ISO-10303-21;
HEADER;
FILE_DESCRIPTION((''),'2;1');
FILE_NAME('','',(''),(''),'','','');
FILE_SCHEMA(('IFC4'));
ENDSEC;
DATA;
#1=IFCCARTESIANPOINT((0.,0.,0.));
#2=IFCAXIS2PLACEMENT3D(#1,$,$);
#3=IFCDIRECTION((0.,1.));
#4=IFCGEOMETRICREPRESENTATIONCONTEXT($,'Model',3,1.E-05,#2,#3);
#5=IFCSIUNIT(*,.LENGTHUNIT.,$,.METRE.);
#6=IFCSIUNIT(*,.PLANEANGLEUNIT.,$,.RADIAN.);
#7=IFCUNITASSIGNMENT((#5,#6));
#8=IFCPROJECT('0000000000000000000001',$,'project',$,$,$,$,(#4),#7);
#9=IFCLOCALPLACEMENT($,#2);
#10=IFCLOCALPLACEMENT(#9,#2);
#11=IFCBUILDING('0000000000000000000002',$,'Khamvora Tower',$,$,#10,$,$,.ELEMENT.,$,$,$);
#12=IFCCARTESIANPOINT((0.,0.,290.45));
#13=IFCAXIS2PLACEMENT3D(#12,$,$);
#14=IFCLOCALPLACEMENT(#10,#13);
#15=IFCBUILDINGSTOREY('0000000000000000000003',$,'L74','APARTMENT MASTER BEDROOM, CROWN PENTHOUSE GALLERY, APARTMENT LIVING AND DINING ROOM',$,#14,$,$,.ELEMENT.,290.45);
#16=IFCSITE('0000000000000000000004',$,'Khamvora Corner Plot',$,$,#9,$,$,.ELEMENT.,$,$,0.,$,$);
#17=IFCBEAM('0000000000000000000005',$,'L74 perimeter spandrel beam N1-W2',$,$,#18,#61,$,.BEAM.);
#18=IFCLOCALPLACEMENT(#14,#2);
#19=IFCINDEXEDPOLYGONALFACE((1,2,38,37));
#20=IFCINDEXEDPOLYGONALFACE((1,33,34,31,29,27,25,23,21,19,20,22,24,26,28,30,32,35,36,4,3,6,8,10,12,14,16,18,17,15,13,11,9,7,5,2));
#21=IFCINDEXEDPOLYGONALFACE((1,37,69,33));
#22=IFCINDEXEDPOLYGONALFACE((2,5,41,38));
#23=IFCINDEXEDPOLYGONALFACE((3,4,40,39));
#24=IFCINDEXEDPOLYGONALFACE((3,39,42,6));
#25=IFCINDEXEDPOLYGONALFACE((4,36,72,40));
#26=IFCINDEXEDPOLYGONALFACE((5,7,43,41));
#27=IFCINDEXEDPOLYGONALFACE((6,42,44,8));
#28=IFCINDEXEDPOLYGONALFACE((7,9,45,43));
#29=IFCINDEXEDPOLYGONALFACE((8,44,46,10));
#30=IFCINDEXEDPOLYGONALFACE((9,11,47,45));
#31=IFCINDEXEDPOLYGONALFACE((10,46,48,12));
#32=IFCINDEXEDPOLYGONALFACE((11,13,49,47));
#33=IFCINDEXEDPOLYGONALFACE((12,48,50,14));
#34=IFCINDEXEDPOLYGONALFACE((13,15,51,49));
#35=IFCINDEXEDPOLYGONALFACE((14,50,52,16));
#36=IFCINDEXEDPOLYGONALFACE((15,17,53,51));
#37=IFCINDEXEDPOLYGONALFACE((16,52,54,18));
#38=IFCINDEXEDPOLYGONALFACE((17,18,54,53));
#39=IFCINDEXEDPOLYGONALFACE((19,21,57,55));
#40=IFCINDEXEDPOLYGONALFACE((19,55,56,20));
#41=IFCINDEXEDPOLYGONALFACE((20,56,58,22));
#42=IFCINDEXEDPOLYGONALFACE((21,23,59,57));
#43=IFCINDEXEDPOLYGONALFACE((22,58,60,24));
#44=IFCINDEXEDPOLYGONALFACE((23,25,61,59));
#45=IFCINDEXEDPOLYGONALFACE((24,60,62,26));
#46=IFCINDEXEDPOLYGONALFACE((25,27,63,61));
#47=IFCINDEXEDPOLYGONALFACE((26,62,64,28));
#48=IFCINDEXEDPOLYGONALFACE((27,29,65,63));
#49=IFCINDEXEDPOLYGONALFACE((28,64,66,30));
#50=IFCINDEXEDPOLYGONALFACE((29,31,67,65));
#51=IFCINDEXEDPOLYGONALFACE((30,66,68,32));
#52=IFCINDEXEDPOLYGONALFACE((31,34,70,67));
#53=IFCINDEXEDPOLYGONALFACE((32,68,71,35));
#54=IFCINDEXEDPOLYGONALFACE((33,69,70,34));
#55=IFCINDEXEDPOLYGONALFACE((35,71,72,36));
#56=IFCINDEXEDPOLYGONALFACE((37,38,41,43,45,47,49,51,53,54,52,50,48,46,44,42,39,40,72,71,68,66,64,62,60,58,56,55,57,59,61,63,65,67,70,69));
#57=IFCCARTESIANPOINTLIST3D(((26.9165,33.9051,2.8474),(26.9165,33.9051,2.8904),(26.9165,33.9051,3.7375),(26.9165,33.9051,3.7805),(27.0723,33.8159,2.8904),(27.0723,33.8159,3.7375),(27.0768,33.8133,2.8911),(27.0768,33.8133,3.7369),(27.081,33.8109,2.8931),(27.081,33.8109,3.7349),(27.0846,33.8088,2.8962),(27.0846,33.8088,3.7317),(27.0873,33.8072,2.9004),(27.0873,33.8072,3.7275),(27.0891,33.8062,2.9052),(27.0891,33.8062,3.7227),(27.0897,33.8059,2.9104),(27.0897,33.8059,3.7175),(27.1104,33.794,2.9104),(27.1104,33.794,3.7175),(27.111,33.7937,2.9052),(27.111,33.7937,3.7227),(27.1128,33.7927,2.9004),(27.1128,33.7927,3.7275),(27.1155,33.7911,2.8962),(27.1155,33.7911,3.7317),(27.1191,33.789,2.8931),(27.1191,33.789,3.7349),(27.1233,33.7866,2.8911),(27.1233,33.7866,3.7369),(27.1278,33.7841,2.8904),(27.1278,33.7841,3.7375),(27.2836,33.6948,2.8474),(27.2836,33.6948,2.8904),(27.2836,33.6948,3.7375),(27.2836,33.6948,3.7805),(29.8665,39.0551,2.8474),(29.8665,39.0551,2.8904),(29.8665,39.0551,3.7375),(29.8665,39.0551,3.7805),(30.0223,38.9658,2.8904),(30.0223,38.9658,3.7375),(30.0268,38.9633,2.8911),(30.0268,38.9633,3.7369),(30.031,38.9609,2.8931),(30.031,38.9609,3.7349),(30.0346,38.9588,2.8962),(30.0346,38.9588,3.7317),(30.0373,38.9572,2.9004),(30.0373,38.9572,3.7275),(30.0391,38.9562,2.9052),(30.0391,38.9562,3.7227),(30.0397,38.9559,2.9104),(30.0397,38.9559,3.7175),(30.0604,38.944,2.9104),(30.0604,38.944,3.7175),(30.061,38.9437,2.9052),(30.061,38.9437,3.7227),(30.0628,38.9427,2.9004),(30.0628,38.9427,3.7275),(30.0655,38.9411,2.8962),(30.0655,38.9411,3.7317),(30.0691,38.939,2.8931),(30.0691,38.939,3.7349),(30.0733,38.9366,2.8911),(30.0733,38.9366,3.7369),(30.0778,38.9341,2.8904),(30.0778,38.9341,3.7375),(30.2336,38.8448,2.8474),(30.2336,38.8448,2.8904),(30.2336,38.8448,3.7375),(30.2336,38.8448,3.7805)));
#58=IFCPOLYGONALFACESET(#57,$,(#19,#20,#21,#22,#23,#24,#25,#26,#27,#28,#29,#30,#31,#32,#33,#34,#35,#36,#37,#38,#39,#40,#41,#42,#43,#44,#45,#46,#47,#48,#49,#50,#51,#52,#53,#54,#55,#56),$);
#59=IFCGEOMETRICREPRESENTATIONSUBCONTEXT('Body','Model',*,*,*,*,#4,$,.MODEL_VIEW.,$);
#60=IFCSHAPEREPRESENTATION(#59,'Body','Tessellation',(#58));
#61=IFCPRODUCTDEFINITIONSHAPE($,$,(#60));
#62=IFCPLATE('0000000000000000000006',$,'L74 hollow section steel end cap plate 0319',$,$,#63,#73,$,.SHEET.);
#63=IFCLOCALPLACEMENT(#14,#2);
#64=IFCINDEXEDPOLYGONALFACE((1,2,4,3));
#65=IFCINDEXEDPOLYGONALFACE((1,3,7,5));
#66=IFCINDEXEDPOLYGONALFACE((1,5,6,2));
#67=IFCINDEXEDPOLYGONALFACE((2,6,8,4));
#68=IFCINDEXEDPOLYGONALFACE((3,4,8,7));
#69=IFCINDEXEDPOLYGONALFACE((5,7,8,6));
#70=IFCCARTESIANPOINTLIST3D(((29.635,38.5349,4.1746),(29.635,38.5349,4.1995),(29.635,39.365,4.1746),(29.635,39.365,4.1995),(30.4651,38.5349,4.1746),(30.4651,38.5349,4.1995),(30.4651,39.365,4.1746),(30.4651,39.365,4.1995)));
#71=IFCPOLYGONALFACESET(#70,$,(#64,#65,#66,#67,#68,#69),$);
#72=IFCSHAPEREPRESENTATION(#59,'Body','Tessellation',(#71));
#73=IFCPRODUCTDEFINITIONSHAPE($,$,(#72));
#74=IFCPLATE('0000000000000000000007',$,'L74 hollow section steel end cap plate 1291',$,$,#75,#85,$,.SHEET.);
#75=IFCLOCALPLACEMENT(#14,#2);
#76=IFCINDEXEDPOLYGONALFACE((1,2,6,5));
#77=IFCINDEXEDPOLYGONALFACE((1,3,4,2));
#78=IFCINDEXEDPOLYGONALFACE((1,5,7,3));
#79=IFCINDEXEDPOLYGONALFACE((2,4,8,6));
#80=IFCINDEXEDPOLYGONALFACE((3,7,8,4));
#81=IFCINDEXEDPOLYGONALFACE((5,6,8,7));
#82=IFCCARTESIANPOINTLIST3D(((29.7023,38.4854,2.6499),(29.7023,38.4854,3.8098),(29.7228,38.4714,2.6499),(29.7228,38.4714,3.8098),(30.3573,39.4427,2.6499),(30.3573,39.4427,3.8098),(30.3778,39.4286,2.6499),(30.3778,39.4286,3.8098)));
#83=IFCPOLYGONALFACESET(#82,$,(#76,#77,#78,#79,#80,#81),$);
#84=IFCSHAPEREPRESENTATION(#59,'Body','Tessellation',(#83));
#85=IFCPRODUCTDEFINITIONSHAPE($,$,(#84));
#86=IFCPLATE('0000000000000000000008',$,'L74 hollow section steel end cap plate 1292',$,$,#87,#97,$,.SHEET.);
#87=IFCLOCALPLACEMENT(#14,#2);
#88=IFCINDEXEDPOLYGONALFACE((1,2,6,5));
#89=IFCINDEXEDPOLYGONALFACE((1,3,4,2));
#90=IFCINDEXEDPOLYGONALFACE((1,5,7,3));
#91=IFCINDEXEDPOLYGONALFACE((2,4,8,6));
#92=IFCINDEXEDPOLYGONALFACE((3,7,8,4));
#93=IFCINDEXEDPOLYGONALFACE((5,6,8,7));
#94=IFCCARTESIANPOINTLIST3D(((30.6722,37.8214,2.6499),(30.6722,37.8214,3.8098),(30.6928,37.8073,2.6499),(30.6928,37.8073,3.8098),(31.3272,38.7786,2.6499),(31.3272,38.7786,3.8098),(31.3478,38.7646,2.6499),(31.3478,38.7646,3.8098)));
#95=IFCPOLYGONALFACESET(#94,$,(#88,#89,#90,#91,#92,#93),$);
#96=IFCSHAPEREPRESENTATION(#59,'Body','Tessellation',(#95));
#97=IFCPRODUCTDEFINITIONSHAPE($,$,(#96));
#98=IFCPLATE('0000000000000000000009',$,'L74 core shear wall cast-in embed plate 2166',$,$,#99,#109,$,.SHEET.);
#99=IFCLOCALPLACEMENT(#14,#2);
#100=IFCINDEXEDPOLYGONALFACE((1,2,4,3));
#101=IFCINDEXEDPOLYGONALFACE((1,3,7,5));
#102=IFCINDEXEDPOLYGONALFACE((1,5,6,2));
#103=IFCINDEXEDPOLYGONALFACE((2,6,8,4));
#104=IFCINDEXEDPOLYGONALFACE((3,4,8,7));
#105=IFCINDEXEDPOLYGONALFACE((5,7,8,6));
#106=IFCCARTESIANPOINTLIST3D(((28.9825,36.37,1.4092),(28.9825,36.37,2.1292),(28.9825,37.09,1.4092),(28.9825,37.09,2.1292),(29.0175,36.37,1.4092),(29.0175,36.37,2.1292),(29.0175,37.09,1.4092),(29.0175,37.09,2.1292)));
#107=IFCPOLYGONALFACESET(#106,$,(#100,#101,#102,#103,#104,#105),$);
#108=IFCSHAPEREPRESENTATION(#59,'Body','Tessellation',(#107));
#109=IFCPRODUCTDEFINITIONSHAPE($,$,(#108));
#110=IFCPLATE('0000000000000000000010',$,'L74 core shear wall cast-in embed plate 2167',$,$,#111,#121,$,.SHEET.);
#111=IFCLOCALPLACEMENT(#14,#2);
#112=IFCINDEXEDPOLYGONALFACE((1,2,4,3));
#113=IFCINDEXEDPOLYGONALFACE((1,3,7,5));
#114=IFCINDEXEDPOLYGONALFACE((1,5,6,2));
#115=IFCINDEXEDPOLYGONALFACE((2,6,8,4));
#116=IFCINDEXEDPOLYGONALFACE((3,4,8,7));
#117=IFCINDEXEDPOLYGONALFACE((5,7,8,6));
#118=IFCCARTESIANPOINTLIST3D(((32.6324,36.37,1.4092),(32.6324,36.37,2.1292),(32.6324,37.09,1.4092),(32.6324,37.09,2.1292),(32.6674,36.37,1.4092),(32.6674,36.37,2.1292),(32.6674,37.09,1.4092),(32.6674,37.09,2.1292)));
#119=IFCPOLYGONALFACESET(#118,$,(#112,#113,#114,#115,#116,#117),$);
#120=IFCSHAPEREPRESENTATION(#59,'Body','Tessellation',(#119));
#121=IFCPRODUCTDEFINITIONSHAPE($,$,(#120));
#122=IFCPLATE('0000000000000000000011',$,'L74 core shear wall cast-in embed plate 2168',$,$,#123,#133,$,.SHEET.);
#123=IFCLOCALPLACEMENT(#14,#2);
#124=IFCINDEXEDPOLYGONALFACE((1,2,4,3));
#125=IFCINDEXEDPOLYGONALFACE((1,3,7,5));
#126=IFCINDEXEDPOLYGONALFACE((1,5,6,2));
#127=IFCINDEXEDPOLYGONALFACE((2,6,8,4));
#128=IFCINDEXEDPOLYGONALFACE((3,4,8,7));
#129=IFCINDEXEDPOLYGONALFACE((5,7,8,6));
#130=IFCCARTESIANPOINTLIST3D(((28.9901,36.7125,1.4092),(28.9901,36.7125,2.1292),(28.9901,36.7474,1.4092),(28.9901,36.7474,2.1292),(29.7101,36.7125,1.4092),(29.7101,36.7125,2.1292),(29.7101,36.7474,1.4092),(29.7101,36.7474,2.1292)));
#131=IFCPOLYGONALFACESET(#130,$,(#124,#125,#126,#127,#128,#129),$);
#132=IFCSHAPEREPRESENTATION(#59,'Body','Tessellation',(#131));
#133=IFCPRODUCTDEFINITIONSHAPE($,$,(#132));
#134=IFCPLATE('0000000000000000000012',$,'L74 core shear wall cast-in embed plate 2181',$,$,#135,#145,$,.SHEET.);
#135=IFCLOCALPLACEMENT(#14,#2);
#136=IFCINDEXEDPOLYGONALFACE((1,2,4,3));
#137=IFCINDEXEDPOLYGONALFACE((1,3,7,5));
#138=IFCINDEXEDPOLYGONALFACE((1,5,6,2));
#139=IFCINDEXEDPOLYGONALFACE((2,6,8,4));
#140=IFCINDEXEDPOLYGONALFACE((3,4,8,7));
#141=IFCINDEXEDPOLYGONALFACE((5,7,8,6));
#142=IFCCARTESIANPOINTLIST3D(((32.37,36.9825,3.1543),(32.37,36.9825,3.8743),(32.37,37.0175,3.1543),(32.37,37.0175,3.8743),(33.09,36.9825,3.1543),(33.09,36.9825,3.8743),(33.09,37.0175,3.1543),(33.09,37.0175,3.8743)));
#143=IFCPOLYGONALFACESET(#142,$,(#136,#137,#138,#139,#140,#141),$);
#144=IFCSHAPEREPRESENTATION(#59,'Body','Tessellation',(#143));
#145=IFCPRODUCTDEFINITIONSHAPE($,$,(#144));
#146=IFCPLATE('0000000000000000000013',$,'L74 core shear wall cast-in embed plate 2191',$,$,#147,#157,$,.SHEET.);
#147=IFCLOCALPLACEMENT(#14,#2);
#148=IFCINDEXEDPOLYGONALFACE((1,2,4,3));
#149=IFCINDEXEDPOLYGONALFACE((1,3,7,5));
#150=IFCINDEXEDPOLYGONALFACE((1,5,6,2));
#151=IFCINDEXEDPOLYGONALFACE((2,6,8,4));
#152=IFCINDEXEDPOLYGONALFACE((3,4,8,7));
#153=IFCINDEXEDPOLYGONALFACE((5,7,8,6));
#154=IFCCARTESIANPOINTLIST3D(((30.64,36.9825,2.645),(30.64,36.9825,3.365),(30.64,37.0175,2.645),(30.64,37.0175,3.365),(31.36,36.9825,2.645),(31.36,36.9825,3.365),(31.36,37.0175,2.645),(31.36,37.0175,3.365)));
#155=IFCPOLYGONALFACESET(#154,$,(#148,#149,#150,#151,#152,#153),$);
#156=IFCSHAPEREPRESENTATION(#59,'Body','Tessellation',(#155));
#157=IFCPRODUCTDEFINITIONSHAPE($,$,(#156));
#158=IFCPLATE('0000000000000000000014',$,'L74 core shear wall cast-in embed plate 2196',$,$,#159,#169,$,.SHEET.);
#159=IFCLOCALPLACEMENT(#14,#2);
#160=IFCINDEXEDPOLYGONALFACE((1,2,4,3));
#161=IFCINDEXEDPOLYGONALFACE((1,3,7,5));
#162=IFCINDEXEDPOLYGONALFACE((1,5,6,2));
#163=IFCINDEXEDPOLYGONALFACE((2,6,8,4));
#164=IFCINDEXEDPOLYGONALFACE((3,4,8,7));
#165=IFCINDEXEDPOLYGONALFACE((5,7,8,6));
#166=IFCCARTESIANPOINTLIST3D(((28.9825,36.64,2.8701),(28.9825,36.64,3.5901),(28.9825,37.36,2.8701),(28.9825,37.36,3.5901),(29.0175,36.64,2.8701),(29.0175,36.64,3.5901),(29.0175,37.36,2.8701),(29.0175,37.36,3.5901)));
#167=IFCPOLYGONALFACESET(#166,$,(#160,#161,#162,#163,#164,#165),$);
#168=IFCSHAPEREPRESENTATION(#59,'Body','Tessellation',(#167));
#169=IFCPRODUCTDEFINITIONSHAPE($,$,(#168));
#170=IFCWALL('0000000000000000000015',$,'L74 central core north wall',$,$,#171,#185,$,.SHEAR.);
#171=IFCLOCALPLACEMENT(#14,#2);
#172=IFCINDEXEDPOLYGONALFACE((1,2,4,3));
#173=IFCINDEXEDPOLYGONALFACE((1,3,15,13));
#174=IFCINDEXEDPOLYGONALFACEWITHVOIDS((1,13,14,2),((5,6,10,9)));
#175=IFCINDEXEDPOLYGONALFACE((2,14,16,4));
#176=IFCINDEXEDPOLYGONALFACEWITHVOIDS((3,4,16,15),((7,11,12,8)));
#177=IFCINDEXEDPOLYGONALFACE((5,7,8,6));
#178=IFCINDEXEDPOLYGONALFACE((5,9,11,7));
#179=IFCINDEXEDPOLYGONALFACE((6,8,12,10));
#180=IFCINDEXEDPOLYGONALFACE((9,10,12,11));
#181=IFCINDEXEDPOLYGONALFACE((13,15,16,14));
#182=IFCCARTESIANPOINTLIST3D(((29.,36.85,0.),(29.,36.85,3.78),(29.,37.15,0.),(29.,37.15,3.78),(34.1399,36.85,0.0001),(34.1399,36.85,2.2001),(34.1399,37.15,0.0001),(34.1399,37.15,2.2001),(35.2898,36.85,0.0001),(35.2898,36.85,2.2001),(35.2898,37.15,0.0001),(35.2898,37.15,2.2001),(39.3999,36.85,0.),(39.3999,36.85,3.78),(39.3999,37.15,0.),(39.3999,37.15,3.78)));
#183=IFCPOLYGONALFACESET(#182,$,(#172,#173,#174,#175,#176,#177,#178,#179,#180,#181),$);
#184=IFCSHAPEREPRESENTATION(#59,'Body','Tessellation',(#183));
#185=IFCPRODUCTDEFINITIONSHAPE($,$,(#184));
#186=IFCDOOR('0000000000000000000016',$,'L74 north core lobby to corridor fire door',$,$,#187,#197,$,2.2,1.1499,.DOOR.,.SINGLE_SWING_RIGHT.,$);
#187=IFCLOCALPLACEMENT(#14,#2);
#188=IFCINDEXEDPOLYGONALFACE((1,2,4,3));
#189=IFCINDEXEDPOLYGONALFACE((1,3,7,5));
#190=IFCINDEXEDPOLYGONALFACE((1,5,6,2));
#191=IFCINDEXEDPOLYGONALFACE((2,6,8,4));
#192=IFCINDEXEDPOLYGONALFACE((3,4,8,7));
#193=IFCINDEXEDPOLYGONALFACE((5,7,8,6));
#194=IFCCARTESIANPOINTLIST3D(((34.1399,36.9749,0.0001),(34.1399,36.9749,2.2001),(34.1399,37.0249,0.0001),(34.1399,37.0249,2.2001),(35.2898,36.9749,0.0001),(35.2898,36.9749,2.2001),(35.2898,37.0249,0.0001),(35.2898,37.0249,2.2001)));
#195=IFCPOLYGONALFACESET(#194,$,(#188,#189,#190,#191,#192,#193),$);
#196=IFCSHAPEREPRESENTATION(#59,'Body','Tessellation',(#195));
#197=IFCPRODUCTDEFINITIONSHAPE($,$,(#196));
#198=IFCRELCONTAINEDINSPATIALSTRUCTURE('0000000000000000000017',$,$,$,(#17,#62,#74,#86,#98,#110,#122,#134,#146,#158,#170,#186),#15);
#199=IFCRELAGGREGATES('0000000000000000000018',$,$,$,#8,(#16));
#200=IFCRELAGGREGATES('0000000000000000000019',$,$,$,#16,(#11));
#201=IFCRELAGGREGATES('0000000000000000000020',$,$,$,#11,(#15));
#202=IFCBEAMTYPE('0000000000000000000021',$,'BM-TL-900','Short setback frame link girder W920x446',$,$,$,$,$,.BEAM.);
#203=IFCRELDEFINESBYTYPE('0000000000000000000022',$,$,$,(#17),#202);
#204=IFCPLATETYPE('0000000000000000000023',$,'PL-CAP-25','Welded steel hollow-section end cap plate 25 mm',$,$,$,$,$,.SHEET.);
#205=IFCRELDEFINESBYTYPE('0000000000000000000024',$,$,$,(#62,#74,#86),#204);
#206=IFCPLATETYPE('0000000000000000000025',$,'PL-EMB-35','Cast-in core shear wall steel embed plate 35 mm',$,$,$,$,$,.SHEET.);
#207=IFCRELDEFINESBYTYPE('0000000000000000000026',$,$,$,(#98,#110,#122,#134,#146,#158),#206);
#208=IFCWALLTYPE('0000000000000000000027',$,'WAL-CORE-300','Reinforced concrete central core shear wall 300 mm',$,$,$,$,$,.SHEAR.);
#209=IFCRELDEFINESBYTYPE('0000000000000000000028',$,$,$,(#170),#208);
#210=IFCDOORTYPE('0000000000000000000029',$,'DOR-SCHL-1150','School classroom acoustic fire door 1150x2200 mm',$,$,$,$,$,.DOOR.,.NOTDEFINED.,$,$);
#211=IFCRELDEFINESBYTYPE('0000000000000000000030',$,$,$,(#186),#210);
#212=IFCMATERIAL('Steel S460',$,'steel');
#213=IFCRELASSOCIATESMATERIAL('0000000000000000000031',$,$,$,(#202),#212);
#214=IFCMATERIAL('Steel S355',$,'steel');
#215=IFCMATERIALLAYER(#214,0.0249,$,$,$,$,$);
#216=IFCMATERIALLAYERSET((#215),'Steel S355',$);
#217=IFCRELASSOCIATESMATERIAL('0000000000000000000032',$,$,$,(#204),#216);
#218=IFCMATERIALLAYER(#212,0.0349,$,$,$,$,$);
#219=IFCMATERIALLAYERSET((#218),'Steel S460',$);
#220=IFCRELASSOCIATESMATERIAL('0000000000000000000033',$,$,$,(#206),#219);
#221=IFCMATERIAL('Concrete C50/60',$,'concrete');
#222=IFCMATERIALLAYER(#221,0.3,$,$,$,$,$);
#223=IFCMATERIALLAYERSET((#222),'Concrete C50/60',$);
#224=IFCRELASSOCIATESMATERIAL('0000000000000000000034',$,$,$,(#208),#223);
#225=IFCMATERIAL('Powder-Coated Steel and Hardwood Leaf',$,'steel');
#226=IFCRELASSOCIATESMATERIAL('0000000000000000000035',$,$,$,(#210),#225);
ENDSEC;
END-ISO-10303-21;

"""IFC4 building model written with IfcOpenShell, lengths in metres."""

from ifc_helpers import new_model, si_unit, direction, frame, frame_2d, origin, origin_2d, place, context, subcontext, project, spatial, rectangle, i_section, extrude, material, layer, layer_set, material_profile, profile_set, type_object, element, fill, save


model = new_model("IFC4")

# Units and contexts
model_context = context("Model", 3, precision=1e-05, world=origin(), true_north=direction((0.0, 1.0)))
body_context = subcontext(model_context, "Body", "Model", "MODEL_VIEW")
ifc_project = project(units=[si_unit("LENGTHUNIT", "METRE"), si_unit("PLANEANGLEUNIT", "RADIAN")], contexts=[model_context])

# Site, building, storey
site_placement = place(None, origin())
site = spatial("IfcSite", under=ifc_project, at=site_placement, Name="Khamvora Corner Plot", CompositionType="ELEMENT", RefElevation=0.0)
building_placement = place(site_placement, origin())
building = spatial("IfcBuilding", under=site, at=building_placement, Name="Khamvora Tower", CompositionType="ELEMENT")
storey_placement = place(building_placement, frame((0.0, 0.0, 290.45)))
storey = spatial("IfcBuildingStorey", under=building, at=storey_placement, Name="L74", Description="APARTMENT MASTER BEDROOM, CROWN PENTHOUSE GALLERY, APARTMENT LIVING AND DINING ROOM", CompositionType="ELEMENT", Elevation=290.45)

# Shared definitions
ifc_material_1 = material(Name="Steel S355", Category="steel")

# Beam
ifc_material_2 = material(Name="Steel S460", Category="steel")
ifc_material_profile_1 = material_profile(ifc_material_2, i_section(OverallWidth=0.4231, OverallDepth=0.9331, WebThickness=0.0239, FlangeThickness=0.043, FilletRadius=0.02, at=origin_2d()), Name="W920x446")
ifc_profile_set_1 = profile_set([ifc_material_profile_1], Name="Steel S460")
beam_type_1 = type_object("IfcBeamType", Name="BM-TL-900", Description="Short setback frame link girder W920x446", PredefinedType="BEAM", material=ifc_profile_set_1)
beam_1_placement = place(storey_placement, frame((30.05, 38.95, 3.314), z_axis=(-0.497047, -0.867724, 0.0), x_axis=(0.867724, -0.497047, 0.0)))
element("IfcBeam", 1, at=beam_1_placement, inside=storey, type_object=beam_type_1, Name="L74 perimeter spandrel beam N1-W2", PredefinedType="BEAM", context=body_context, shape_type="SweptSolid", body=[
    extrude(i_section(OverallWidth=0.4231, OverallDepth=0.9331, WebThickness=0.0239, FlangeThickness=0.043, FilletRadius=0.02, at=origin_2d()), origin(), (0.0, 0.0, 1.0), 5.9351),
])

# Plates
ifc_layer_1 = layer(ifc_material_1, 0.0249)
ifc_layer_set_1 = layer_set([ifc_layer_1], Name="Steel S355")
plate_type_1 = type_object("IfcPlateType", Name="PL-CAP-25", Description="Welded steel hollow-section end cap plate 25 mm", PredefinedType="SHEET", material=ifc_layer_set_1)
plate_1_placement = place(storey_placement, frame((30.05, 38.95, 4.1746), z_axis=(0.0, 0.0, 1.0), x_axis=(1.0, 0.0, 0.0)))
element("IfcPlate", 2, at=plate_1_placement, inside=storey, type_object=plate_type_1, Name="L74 hollow section steel end cap plate 0319", PredefinedType="SHEET", context=body_context, shape_type="SweptSolid", body=[
    extrude(rectangle(XDim=0.8301, YDim=0.8301, at=origin_2d()), origin(), (0.0, 0.0, 1.0), 0.0249),
])
for number, where, z_axis, x_axis, name in (
    (3, (30.04, 38.957, 2.6499), (0.0, 0.0, 1.0), (0.825311, -0.564679, 0.0), "L74 hollow section steel end cap plate 1291"),
    (4, (31.01, 38.293, 2.6499), (0.0, 0.0, 1.0), (0.825311, -0.564679, 0.0), "L74 hollow section steel end cap plate 1292"),
):
    element("IfcPlate", number, at=place(storey_placement, frame(where, z_axis=z_axis, x_axis=x_axis)), inside=storey, type_object=plate_type_1, Name=name, PredefinedType="SHEET", context=body_context, shape_type="SweptSolid", body=[
        extrude(rectangle(XDim=0.0249, YDim=1.1599, at=origin_2d()), origin(), (0.0, 0.0, 1.0), 1.1599),
    ])
ifc_layer_2 = layer(ifc_material_2, 0.0349)
ifc_layer_set_2 = layer_set([ifc_layer_2], Name="Steel S460")
plate_type_2 = type_object("IfcPlateType", Name="PL-EMB-35", Description="Cast-in core shear wall steel embed plate 35 mm", PredefinedType="SHEET", material=ifc_layer_set_2)
for number, where, z_axis, x_axis, name in (
    (5, (29.0, 36.73, 1.4092), (0.0, 0.0, 1.0), (1.0, 0.0, 0.0), "L74 core shear wall cast-in embed plate 2166"),
    (6, (32.6499, 36.73, 1.4092), (0.0, 0.0, 1.0), (1.0, 0.0, 0.0), "L74 core shear wall cast-in embed plate 2167"),
):
    element("IfcPlate", number, at=place(storey_placement, frame(where, z_axis=z_axis, x_axis=x_axis)), inside=storey, type_object=plate_type_2, Name=name, PredefinedType="SHEET", context=body_context, shape_type="SweptSolid", body=[
        extrude(rectangle(XDim=0.0349, YDim=0.72, at=origin_2d()), origin(), (0.0, 0.0, 1.0), 0.72),
    ])
for number, where, z_axis, x_axis, name in (
    (7, (29.3501, 36.73, 1.4092), (0.0, 0.0, 1.0), (1.0, 0.0, 0.0), "L74 core shear wall cast-in embed plate 2168"),
    (8, (32.73, 37.0, 3.1543), (0.0, 0.0, 1.0), (1.0, 0.0, 0.0), "L74 core shear wall cast-in embed plate 2181"),
    (9, (31.0, 37.0, 2.645), (0.0, 0.0, 1.0), (1.0, 0.0, 0.0), "L74 core shear wall cast-in embed plate 2191"),
):
    element("IfcPlate", number, at=place(storey_placement, frame(where, z_axis=z_axis, x_axis=x_axis)), inside=storey, type_object=plate_type_2, Name=name, PredefinedType="SHEET", context=body_context, shape_type="SweptSolid", body=[
        extrude(rectangle(XDim=0.72, YDim=0.0349, at=origin_2d()), origin(), (0.0, 0.0, 1.0), 0.72),
    ])
plate_2_placement = place(storey_placement, frame((29.0, 37.0, 2.8701), z_axis=(0.0, 0.0, 1.0), x_axis=(1.0, 0.0, 0.0)))
element("IfcPlate", 10, at=plate_2_placement, inside=storey, type_object=plate_type_2, Name="L74 core shear wall cast-in embed plate 2196", PredefinedType="SHEET", context=body_context, shape_type="SweptSolid", body=[
    extrude(rectangle(XDim=0.0349, YDim=0.72, at=origin_2d()), origin(), (0.0, 0.0, 1.0), 0.72),
])

# Wall, opening, door
ifc_material_3 = material(Name="Concrete C50/60", Category="concrete")
ifc_layer_3 = layer(ifc_material_3, 0.3)
ifc_layer_set_3 = layer_set([ifc_layer_3], Name="Concrete C50/60")
wall_type_1 = type_object("IfcWallType", Name="WAL-CORE-300", Description="Reinforced concrete central core shear wall 300 mm", PredefinedType="SHEAR", material=ifc_layer_set_3)
wall_1_placement = place(storey_placement, frame((29.0, 37.0, 0.0), z_axis=(0.0, 0.0, 1.0), x_axis=(1.0, 0.0, 0.0)))
wall_1 = element("IfcWall", 11, at=wall_1_placement, inside=storey, type_object=wall_type_1, Name="L74 central core north wall", PredefinedType="SHEAR", context=body_context, shape_type="SweptSolid", body=[
    extrude(rectangle(XDim=10.3999, YDim=0.3, at=frame_2d((5.2, 0.0))), origin(), (0.0, 0.0, 1.0), 3.78),
])
opening_placement = place(wall_1_placement, frame((5.1399, 0.0, 0.0)))
opening = element("IfcOpeningElement", 12, at=opening_placement, cuts=wall_1, PredefinedType="OPENING", context=body_context, shape_type="SweptSolid", body=[
    extrude(rectangle(XDim=1.1499, YDim=2.2, at=frame_2d((0.575, 1.1001))), frame((0.0, 0.1599, 0.0), z_axis=(0.0, -1.0, 0.0), x_axis=(1.0, 0.0, 0.0)), (0.0, 0.0, 1.0), 0.3201),
])
ifc_material_4 = material(Name="Powder-Coated Steel and Hardwood Leaf", Category="steel")
door_type = type_object("IfcDoorType", Name="DOR-SCHL-1150", Description="School classroom acoustic fire door 1150x2200 mm", OperationType="NOTDEFINED", PredefinedType="DOOR", material=ifc_material_4)
door_placement = place(opening_placement, origin())
door = element("IfcDoor", 13, at=door_placement, inside=storey, type_object=door_type, Name="L74 north core lobby to corridor fire door", OperationType="SINGLE_SWING_RIGHT", OverallHeight=2.2, OverallWidth=1.1499, PredefinedType="DOOR", context=body_context, shape_type="SweptSolid", body=[
    extrude(rectangle(XDim=1.1499, YDim=2.2, at=frame_2d((0.575, 1.1001))), frame((0.0, 0.0249, 0.0), z_axis=(0.0, -1.0, 0.0), x_axis=(1.0, 0.0, 0.0)), (0.0, 0.0, 1.0), 0.05),
])
fill(opening, door)

save(model, "model.ifc")
